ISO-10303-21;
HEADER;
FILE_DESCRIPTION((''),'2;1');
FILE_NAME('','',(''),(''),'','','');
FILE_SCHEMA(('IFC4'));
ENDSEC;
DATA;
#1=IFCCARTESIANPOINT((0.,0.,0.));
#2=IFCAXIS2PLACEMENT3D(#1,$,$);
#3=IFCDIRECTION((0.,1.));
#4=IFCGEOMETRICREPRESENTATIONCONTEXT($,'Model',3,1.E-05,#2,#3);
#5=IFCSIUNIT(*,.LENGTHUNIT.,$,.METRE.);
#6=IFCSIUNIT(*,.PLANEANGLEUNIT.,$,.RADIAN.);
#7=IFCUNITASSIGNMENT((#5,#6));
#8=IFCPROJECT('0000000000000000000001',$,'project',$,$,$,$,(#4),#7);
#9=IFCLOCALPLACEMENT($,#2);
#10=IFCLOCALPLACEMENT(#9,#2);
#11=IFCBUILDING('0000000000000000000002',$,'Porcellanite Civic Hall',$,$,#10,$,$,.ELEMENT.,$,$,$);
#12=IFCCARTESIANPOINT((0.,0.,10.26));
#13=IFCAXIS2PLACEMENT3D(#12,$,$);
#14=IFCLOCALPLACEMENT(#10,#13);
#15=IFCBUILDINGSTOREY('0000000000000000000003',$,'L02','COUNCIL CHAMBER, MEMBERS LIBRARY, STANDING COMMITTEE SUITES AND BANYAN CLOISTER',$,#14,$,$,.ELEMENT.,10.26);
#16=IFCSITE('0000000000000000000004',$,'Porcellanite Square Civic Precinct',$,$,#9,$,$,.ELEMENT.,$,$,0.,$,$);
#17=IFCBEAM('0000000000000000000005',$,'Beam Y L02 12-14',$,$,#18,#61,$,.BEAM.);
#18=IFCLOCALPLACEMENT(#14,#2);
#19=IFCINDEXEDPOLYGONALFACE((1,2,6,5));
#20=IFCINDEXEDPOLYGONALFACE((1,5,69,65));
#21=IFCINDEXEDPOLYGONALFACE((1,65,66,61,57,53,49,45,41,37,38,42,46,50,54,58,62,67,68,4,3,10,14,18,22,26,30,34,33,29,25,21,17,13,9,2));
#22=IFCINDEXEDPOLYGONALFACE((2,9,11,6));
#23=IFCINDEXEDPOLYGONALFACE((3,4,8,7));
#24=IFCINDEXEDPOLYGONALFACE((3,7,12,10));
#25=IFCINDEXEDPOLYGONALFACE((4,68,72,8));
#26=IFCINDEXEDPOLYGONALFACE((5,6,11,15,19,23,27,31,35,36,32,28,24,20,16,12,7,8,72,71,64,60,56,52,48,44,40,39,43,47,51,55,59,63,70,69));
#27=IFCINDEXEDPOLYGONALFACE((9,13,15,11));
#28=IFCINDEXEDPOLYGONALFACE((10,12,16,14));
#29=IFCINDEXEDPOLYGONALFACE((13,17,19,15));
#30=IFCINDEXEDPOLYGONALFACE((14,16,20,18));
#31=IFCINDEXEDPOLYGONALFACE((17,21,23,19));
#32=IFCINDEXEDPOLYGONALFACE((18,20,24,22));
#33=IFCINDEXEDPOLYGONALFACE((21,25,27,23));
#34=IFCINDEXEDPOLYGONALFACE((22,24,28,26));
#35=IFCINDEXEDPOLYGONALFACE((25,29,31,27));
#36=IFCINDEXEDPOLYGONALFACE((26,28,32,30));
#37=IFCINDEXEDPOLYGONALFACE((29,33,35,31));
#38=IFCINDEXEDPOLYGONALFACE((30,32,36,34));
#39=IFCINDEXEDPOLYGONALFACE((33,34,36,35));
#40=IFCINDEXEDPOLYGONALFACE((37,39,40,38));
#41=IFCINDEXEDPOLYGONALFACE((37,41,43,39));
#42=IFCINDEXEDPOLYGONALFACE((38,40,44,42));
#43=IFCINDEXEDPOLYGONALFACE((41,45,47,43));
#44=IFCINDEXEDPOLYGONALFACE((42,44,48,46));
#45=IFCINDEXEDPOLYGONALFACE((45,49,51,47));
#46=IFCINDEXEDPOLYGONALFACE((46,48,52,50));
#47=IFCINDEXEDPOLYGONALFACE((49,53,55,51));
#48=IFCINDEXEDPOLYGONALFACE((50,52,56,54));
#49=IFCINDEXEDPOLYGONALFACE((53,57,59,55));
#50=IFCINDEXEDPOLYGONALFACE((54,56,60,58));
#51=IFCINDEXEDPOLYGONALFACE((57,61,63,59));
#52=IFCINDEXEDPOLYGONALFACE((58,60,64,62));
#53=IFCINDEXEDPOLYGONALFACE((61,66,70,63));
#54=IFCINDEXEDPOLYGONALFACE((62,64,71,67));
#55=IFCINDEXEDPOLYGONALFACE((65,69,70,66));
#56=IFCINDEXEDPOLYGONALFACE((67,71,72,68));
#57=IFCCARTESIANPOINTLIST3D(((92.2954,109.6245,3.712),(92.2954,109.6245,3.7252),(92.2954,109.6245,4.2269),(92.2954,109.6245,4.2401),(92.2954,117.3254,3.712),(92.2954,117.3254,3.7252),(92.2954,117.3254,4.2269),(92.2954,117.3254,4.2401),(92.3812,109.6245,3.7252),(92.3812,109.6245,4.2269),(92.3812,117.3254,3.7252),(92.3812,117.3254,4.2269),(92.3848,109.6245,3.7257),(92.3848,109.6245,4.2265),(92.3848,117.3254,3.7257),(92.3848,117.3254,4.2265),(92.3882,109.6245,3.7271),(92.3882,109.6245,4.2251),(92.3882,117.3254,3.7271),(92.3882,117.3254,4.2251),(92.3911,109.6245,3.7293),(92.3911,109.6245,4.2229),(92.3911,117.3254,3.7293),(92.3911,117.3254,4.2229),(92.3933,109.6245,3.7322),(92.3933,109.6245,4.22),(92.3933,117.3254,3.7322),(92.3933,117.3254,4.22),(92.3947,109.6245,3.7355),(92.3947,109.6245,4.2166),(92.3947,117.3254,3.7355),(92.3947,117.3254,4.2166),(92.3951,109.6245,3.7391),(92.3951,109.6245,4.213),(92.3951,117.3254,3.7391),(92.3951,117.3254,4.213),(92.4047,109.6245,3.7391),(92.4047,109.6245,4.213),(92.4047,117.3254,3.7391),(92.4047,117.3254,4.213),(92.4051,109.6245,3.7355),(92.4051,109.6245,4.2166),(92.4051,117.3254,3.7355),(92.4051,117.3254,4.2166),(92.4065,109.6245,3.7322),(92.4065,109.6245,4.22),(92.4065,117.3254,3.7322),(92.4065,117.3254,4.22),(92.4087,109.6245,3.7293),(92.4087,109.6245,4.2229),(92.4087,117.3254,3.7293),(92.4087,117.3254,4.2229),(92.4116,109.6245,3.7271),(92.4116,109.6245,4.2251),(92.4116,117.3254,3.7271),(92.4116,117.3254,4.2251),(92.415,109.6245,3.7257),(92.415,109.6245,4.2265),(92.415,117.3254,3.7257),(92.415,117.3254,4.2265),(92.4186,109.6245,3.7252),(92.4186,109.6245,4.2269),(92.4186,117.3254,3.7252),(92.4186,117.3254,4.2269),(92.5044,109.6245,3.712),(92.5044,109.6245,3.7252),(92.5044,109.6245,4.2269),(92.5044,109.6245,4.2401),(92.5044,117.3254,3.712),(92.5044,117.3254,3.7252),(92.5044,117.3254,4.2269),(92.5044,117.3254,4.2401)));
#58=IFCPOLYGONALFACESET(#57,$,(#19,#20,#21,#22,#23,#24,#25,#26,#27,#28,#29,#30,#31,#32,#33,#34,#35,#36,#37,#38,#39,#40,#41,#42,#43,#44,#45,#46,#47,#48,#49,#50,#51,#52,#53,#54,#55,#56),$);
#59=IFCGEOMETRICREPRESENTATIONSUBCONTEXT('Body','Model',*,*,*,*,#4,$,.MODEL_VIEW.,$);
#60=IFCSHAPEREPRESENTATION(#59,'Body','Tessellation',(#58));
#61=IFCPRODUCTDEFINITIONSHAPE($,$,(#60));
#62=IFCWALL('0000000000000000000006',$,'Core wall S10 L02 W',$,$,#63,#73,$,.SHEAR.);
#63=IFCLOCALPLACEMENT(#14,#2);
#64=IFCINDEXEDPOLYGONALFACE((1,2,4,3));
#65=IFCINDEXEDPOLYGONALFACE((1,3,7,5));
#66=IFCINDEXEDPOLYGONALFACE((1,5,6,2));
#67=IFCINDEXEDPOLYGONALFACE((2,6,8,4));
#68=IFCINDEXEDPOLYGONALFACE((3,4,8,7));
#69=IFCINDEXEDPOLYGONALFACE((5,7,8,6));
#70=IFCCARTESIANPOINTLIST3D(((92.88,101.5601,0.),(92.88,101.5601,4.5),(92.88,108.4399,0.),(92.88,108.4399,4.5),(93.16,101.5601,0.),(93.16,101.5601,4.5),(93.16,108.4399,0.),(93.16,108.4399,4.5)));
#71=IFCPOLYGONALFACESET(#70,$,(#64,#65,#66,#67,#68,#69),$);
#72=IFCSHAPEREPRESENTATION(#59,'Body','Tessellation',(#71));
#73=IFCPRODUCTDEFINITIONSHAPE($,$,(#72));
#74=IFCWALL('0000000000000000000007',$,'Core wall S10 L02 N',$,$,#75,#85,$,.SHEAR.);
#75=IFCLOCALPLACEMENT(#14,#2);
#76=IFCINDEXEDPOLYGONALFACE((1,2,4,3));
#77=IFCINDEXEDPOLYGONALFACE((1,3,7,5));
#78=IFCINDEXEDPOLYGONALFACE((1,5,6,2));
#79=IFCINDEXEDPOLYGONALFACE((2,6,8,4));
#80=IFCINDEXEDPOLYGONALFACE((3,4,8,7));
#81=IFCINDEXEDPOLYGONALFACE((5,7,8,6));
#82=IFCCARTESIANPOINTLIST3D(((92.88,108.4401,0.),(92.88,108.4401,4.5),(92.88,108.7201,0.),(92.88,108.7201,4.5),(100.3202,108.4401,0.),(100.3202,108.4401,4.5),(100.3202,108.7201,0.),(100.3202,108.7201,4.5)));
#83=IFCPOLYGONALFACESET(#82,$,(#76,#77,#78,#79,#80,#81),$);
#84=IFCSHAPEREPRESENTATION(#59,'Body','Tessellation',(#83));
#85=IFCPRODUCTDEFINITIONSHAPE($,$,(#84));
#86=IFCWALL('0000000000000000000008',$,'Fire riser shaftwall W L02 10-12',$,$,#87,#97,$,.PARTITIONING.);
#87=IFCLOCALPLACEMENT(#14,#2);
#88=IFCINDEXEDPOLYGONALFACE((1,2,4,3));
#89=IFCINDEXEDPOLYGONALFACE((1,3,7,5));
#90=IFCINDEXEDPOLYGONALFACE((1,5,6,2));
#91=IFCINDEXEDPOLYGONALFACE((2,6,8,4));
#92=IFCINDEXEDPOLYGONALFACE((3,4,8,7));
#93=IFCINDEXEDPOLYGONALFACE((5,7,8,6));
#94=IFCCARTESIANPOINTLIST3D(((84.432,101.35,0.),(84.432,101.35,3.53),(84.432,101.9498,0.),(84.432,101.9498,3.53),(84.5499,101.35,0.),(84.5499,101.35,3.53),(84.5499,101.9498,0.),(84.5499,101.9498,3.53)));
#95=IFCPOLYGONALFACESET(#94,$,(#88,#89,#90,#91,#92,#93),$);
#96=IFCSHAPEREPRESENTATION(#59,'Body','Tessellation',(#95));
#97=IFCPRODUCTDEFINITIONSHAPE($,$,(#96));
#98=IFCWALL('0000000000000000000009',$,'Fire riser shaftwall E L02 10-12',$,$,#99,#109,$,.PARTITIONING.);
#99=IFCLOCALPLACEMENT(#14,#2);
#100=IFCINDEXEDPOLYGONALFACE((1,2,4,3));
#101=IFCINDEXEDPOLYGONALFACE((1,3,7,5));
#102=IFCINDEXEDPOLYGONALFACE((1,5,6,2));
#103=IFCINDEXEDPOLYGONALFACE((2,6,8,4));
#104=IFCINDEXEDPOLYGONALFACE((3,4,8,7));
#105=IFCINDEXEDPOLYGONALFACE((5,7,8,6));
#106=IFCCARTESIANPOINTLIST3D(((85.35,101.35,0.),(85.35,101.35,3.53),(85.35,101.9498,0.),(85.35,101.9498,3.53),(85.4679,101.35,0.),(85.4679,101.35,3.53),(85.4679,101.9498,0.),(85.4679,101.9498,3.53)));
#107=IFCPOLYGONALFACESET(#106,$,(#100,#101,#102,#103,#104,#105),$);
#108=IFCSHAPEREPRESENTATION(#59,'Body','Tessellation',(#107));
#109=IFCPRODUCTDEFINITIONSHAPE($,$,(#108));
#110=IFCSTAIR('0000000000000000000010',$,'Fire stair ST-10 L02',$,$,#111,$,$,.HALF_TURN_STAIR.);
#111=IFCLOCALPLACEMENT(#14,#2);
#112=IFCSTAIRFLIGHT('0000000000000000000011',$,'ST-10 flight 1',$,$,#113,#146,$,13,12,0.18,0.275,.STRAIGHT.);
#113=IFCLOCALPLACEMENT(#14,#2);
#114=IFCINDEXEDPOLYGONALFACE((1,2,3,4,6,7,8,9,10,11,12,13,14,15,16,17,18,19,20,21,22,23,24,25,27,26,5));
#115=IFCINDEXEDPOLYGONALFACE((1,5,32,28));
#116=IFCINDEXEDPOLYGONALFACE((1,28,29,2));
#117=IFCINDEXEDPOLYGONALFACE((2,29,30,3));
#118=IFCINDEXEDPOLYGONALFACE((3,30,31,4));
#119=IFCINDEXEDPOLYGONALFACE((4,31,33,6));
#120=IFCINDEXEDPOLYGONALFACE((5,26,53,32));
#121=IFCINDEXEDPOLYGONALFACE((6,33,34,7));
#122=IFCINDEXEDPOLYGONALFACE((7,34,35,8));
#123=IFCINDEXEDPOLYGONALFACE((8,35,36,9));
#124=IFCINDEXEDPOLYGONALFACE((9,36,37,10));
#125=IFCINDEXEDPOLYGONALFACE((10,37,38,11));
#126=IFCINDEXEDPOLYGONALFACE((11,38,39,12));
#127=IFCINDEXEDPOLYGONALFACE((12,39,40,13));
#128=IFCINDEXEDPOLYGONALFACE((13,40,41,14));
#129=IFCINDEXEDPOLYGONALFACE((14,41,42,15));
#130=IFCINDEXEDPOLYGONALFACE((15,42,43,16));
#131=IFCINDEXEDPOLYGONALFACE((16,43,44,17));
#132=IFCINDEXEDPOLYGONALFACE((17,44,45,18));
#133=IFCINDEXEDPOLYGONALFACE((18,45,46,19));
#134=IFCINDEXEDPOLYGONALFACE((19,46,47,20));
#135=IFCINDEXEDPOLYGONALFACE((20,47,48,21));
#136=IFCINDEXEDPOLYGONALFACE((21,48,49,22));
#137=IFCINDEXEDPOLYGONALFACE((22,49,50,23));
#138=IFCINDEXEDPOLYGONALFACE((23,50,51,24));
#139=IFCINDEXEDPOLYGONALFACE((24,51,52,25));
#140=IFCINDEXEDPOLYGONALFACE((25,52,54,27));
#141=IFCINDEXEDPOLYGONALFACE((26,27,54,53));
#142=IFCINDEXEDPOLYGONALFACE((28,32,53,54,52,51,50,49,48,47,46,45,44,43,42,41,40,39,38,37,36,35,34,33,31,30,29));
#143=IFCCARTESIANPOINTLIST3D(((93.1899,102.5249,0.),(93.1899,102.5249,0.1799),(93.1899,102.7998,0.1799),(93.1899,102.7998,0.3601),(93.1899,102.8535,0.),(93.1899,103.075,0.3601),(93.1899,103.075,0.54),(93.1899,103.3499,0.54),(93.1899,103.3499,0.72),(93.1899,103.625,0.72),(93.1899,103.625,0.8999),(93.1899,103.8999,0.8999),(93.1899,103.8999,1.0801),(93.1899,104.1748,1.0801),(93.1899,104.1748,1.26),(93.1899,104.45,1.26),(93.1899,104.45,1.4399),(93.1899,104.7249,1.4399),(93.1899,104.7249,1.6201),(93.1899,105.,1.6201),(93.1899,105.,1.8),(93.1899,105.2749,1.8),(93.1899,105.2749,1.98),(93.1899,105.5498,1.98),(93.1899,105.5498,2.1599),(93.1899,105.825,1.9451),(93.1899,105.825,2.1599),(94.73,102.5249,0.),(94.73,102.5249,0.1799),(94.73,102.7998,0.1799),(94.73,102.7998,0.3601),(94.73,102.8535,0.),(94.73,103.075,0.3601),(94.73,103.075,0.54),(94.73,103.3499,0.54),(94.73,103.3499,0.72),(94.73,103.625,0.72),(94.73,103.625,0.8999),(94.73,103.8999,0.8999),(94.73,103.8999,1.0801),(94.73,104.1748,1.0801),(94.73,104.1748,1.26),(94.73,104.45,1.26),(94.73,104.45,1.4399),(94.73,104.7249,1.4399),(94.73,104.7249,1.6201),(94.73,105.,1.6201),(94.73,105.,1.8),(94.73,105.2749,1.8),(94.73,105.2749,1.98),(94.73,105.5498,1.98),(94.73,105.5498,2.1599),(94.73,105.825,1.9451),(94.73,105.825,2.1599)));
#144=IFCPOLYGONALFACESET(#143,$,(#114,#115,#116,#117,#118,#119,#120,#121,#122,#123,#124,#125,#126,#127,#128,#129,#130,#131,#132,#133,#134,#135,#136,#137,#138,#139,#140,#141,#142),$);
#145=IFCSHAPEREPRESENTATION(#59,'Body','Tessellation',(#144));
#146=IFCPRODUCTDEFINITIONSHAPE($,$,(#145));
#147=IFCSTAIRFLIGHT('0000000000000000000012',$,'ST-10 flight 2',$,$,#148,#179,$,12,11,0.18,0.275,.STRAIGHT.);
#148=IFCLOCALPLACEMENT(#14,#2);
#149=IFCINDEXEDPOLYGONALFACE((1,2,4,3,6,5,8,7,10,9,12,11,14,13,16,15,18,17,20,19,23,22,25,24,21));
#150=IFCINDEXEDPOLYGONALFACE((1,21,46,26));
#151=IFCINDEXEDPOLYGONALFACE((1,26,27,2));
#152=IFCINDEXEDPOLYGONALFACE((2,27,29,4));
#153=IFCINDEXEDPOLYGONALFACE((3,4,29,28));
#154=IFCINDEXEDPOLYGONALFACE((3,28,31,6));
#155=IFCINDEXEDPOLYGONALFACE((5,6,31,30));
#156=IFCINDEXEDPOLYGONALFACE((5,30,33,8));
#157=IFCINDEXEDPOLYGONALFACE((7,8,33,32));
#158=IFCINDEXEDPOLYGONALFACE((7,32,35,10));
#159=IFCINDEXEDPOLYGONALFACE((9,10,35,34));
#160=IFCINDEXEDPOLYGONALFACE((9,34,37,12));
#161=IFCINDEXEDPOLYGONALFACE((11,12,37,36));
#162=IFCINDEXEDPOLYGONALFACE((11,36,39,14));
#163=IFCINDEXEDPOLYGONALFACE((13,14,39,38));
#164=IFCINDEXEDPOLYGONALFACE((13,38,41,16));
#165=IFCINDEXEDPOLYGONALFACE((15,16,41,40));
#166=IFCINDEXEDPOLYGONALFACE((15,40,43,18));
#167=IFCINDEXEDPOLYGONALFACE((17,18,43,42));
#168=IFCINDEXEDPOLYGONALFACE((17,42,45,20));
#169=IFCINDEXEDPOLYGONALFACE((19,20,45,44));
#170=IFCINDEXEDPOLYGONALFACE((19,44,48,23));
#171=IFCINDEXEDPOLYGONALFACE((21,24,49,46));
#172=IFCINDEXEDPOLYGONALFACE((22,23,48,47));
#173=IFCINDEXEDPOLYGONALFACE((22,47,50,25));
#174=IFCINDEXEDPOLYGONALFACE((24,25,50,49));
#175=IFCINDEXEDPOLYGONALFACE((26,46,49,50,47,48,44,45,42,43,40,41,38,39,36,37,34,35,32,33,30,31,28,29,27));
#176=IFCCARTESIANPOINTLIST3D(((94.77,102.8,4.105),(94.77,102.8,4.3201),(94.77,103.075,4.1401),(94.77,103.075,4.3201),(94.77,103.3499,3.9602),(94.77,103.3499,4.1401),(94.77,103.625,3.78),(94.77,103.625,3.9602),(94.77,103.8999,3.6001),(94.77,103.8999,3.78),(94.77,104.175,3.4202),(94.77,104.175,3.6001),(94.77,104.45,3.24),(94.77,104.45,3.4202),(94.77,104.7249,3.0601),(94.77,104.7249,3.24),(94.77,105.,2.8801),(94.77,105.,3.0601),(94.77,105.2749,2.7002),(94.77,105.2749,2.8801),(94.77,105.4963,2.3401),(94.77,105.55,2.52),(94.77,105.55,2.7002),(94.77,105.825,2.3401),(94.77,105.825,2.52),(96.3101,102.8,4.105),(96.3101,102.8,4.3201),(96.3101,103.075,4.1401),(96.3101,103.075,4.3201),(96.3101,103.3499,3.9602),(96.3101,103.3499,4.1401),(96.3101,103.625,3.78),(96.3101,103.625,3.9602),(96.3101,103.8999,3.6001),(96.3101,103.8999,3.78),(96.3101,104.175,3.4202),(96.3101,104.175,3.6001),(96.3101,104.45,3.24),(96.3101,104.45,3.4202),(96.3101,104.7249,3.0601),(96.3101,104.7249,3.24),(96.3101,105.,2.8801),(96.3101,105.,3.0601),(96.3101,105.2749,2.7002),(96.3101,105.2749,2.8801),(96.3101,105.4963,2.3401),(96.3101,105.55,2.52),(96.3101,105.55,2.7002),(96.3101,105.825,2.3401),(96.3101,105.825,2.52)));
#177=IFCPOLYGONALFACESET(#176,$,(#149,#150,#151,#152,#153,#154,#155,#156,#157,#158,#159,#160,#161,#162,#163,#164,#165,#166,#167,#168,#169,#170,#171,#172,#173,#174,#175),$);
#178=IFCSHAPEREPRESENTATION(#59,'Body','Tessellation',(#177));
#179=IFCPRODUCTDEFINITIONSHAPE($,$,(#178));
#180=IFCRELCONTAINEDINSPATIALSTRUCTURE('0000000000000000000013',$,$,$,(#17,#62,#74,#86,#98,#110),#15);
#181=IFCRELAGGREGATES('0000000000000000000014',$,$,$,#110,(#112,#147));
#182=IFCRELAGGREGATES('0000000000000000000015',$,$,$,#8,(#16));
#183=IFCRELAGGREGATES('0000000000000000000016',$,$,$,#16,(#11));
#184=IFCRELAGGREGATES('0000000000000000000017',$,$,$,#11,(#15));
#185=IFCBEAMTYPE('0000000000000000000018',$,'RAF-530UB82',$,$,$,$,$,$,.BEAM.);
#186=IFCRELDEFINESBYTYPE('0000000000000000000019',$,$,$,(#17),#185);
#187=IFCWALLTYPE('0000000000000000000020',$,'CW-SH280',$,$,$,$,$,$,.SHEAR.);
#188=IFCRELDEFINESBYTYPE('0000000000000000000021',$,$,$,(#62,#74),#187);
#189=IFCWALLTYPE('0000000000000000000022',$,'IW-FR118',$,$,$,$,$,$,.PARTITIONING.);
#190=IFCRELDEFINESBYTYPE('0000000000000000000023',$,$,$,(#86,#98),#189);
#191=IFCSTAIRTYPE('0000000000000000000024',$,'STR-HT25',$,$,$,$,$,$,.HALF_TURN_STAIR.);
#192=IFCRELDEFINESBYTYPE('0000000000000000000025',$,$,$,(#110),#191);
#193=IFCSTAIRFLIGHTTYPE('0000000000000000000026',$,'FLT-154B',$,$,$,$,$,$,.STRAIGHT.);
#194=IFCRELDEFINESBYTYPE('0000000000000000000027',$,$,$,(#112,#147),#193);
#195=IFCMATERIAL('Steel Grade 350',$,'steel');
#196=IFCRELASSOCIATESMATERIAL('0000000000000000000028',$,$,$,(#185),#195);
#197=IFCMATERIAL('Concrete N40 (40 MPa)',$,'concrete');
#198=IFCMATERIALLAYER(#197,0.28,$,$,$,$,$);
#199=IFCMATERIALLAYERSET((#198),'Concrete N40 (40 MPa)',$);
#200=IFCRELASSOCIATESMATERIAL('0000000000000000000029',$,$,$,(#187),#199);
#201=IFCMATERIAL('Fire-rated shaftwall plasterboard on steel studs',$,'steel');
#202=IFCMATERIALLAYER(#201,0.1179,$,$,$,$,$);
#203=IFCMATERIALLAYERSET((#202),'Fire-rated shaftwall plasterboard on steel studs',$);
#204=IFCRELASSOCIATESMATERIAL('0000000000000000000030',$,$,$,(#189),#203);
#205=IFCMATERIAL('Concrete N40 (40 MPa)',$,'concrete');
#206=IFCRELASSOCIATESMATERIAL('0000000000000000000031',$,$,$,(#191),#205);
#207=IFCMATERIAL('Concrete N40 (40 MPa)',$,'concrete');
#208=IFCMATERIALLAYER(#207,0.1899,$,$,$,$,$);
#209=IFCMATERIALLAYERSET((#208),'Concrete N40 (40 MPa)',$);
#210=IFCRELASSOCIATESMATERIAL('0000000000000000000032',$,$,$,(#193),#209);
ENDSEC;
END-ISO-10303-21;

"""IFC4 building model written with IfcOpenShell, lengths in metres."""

from ifc_helpers import new_model, si_unit, direction, frame, frame_2d, origin, origin_2d, place, context, subcontext, project, spatial, polyline, rectangle, i_section, outline, extrude, material, layer, layer_set, material_profile, profile_set, type_object, element, aggregate, save


model = new_model("IFC4")

# Units and contexts
model_context = context("Model", 3, precision=1e-05, world=origin(), true_north=direction((0.0, 1.0)))
body_context = subcontext(model_context, "Body", "Model", "MODEL_VIEW")
ifc_project = project(units=[si_unit("LENGTHUNIT", "METRE"), si_unit("PLANEANGLEUNIT", "RADIAN")], contexts=[model_context])

# Site, building, storey
site_placement = place(None, origin())
site = spatial("IfcSite", under=ifc_project, at=site_placement, Name="Porcellanite Square Civic Precinct", CompositionType="ELEMENT", RefElevation=0.0)
building_placement = place(site_placement, origin())
building = spatial("IfcBuilding", under=site, at=building_placement, Name="Porcellanite Civic Hall", CompositionType="ELEMENT")
storey_placement = place(building_placement, frame((0.0, 0.0, 10.26)))
storey = spatial("IfcBuildingStorey", under=building, at=storey_placement, Name="L02", Description="COUNCIL CHAMBER, MEMBERS LIBRARY, STANDING COMMITTEE SUITES AND BANYAN CLOISTER", CompositionType="ELEMENT", Elevation=10.26)

# Beam
ifc_material_1 = material(Name="Steel Grade 350", Category="steel")
ifc_material_profile_1 = material_profile(ifc_material_1, i_section(OverallWidth=0.209, OverallDepth=0.5281, WebThickness=0.0095, FlangeThickness=0.0132, FilletRadius=0.0139, at=origin_2d()), Name="530UB82.0")
ifc_profile_set_1 = profile_set([ifc_material_profile_1], Name="Steel Grade 350")
beam_type_1 = type_object("IfcBeamType", Name="RAF-530UB82", PredefinedType="BEAM", material=ifc_profile_set_1)
beam_1_placement = place(storey_placement, frame((92.3999, 109.6245, 3.9761), z_axis=(0.0, 1.0, 0.0), x_axis=(-1.0, 0.0, 0.0)))
element("IfcBeam", 1, at=beam_1_placement, inside=storey, type_object=beam_type_1, Name="Beam Y L02 12-14", PredefinedType="BEAM", context=body_context, shape_type="SweptSolid", body=[
    extrude(i_section(OverallWidth=0.209, OverallDepth=0.5281, WebThickness=0.0095, FlangeThickness=0.0132, FilletRadius=0.0139, at=origin_2d()), origin(), (0.0, 0.0, 1.0), 7.7009),
])

# Walls
ifc_material_2 = material(Name="Concrete N40 (40 MPa)", Category="concrete")
ifc_layer_1 = layer(ifc_material_2, 0.28)
ifc_layer_set_1 = layer_set([ifc_layer_1], Name="Concrete N40 (40 MPa)")
wall_type_1 = type_object("IfcWallType", Name="CW-SH280", PredefinedType="SHEAR", material=ifc_layer_set_1)
wall_1_placement = place(storey_placement, frame((93.02, 101.5601, 0.0), z_axis=(0.0, 0.0, 1.0), x_axis=(0.0, 1.0, 0.0)))
element("IfcWall", 2, at=wall_1_placement, inside=storey, type_object=wall_type_1, Name="Core wall S10 L02 W", PredefinedType="SHEAR", context=body_context, shape_type="SweptSolid", body=[
    extrude(rectangle(XDim=6.8799, YDim=0.28, at=frame_2d((3.4399, 0.0))), origin(), (0.0, 0.0, 1.0), 4.5),
])
wall_2_placement = place(storey_placement, frame((92.8799, 108.5801, 0.0), z_axis=(0.0, 0.0, 1.0), x_axis=(1.0, 0.0, 0.0)))
element("IfcWall", 3, at=wall_2_placement, inside=storey, type_object=wall_type_1, Name="Core wall S10 L02 N", PredefinedType="SHEAR", context=body_context, shape_type="SweptSolid", body=[
    extrude(rectangle(XDim=7.4402, YDim=0.28, at=frame_2d((3.7202, 0.0))), origin(), (0.0, 0.0, 1.0), 4.5),
])
ifc_material_3 = material(Name="Fire-rated shaftwall plasterboard on steel studs", Category="steel")
ifc_layer_2 = layer(ifc_material_3, 0.1179)
ifc_layer_set_2 = layer_set([ifc_layer_2], Name="Fire-rated shaftwall plasterboard on steel studs")
wall_type_2 = type_object("IfcWallType", Name="IW-FR118", PredefinedType="PARTITIONING", material=ifc_layer_set_2)
for number, where, z_axis, x_axis, name in (
    (4, (84.491, 101.3501, 0.0), (0.0, 0.0, 1.0), (0.0, 1.0, 0.0), "Fire riser shaftwall W L02 10-12"),
    (5, (85.4089, 101.3501, 0.0), (0.0, 0.0, 1.0), (0.0, 1.0, 0.0), "Fire riser shaftwall E L02 10-12"),
):
    element("IfcWall", number, at=place(storey_placement, frame(where, z_axis=z_axis, x_axis=x_axis)), inside=storey, type_object=wall_type_2, Name=name, PredefinedType="PARTITIONING", context=body_context, shape_type="SweptSolid", body=[
        extrude(rectangle(XDim=0.5999, YDim=0.1179, at=frame_2d((0.2998, 0.0))), origin(), (0.0, 0.0, 1.0), 3.53),
    ])

# Stair, stair flights
ifc_material_4 = material(Name="Concrete N40 (40 MPa)", Category="concrete")
stair_type = type_object("IfcStairType", Name="STR-HT25", PredefinedType="HALF_TURN_STAIR", material=ifc_material_4)
stair_placement = place(storey_placement, origin())
stair = element("IfcStair", 6, at=stair_placement, inside=storey, type_object=stair_type, Name="Fire stair ST-10 L02", PredefinedType="HALF_TURN_STAIR")
ifc_material_5 = material(Name="Concrete N40 (40 MPa)", Category="concrete")
ifc_layer_3 = layer(ifc_material_5, 0.1899)
ifc_layer_set_3 = layer_set([ifc_layer_3], Name="Concrete N40 (40 MPa)")
stair_flight_type = type_object("IfcStairFlightType", Name="FLT-154B", PredefinedType="STRAIGHT", material=ifc_layer_set_3)
stair_flight_1_placement = place(storey_placement, frame((93.96, 102.5249, 0.0), z_axis=(0.0, 0.0, 1.0), x_axis=(0.0, 1.0, 0.0)))
stair_flight_1 = element("IfcStairFlight", 7, at=stair_flight_1_placement, type_object=stair_flight_type, Name="ST-10 flight 1", NumberOfRisers=13, NumberOfTreads=12, PredefinedType="STRAIGHT", RiserHeight=0.18, TreadLength=0.275, context=body_context, shape_type="SweptSolid", body=[
    extrude(outline(polyline([(0.0, 0.0), (0.0, 0.1799), (0.2749, 0.1799), (0.2749, 0.3601), (0.55, 0.3601), (0.55, 0.54), (0.825, 0.54), (0.825, 0.72), (1.1001, 0.72), (1.1001, 0.8999), (1.375, 0.8999), (1.375, 1.0801), (1.6499, 1.0801), (1.6499, 1.26), (1.925, 1.26), (1.925, 1.4399), (2.2, 1.4399), (2.2, 1.6201), (2.4751, 1.6201), (2.4751, 1.8), (2.75, 1.8), (2.75, 1.98), (3.0249, 1.98), (3.0249, 2.1599), (3.3, 2.1599), (3.3, 2.3401), (3.3, 1.9451), (0.3286, 0.0), (0.0, 0.0)])), frame((0.0, 0.77, 0.0), z_axis=(0.0, -1.0, 0.0), x_axis=(1.0, 0.0, 0.0)), (0.0, 0.0, 1.0), 1.54),
])
stair_flight_2_placement = place(storey_placement, frame((95.54, 105.825, 2.3401), z_axis=(0.0, 0.0, 1.0), x_axis=(0.0, -1.0, 0.0)))
stair_flight_2 = element("IfcStairFlight", 8, at=stair_flight_2_placement, type_object=stair_flight_type, Name="ST-10 flight 2", NumberOfRisers=12, NumberOfTreads=11, PredefinedType="STRAIGHT", RiserHeight=0.18, TreadLength=0.275, context=body_context, shape_type="SweptSolid", body=[
    extrude(outline(polyline([(0.0, 0.0), (0.0, 0.1799), (0.2749, 0.1799), (0.2749, 0.3601), (0.55, 0.3601), (0.55, 0.54), (0.825, 0.54), (0.825, 0.72), (1.1001, 0.72), (1.1001, 0.8999), (1.375, 0.8999), (1.375, 1.0801), (1.6499, 1.0801), (1.6499, 1.26), (1.925, 1.26), (1.925, 1.4399), (2.2, 1.4399), (2.2, 1.6201), (2.4751, 1.6201), (2.4751, 1.8), (2.75, 1.8), (2.75, 1.98), (3.0249, 1.98), (3.0249, 2.1599), (3.0249, 1.7649), (0.3286, 0.0), (0.0, 0.0)])), frame((0.0, 0.77, 0.0), z_axis=(0.0, -1.0, 0.0), x_axis=(1.0, 0.0, 0.0)), (0.0, 0.0, 1.0), 1.54),
])
aggregate(stair, [stair_flight_1, stair_flight_2])

save(model, "model.ifc")
